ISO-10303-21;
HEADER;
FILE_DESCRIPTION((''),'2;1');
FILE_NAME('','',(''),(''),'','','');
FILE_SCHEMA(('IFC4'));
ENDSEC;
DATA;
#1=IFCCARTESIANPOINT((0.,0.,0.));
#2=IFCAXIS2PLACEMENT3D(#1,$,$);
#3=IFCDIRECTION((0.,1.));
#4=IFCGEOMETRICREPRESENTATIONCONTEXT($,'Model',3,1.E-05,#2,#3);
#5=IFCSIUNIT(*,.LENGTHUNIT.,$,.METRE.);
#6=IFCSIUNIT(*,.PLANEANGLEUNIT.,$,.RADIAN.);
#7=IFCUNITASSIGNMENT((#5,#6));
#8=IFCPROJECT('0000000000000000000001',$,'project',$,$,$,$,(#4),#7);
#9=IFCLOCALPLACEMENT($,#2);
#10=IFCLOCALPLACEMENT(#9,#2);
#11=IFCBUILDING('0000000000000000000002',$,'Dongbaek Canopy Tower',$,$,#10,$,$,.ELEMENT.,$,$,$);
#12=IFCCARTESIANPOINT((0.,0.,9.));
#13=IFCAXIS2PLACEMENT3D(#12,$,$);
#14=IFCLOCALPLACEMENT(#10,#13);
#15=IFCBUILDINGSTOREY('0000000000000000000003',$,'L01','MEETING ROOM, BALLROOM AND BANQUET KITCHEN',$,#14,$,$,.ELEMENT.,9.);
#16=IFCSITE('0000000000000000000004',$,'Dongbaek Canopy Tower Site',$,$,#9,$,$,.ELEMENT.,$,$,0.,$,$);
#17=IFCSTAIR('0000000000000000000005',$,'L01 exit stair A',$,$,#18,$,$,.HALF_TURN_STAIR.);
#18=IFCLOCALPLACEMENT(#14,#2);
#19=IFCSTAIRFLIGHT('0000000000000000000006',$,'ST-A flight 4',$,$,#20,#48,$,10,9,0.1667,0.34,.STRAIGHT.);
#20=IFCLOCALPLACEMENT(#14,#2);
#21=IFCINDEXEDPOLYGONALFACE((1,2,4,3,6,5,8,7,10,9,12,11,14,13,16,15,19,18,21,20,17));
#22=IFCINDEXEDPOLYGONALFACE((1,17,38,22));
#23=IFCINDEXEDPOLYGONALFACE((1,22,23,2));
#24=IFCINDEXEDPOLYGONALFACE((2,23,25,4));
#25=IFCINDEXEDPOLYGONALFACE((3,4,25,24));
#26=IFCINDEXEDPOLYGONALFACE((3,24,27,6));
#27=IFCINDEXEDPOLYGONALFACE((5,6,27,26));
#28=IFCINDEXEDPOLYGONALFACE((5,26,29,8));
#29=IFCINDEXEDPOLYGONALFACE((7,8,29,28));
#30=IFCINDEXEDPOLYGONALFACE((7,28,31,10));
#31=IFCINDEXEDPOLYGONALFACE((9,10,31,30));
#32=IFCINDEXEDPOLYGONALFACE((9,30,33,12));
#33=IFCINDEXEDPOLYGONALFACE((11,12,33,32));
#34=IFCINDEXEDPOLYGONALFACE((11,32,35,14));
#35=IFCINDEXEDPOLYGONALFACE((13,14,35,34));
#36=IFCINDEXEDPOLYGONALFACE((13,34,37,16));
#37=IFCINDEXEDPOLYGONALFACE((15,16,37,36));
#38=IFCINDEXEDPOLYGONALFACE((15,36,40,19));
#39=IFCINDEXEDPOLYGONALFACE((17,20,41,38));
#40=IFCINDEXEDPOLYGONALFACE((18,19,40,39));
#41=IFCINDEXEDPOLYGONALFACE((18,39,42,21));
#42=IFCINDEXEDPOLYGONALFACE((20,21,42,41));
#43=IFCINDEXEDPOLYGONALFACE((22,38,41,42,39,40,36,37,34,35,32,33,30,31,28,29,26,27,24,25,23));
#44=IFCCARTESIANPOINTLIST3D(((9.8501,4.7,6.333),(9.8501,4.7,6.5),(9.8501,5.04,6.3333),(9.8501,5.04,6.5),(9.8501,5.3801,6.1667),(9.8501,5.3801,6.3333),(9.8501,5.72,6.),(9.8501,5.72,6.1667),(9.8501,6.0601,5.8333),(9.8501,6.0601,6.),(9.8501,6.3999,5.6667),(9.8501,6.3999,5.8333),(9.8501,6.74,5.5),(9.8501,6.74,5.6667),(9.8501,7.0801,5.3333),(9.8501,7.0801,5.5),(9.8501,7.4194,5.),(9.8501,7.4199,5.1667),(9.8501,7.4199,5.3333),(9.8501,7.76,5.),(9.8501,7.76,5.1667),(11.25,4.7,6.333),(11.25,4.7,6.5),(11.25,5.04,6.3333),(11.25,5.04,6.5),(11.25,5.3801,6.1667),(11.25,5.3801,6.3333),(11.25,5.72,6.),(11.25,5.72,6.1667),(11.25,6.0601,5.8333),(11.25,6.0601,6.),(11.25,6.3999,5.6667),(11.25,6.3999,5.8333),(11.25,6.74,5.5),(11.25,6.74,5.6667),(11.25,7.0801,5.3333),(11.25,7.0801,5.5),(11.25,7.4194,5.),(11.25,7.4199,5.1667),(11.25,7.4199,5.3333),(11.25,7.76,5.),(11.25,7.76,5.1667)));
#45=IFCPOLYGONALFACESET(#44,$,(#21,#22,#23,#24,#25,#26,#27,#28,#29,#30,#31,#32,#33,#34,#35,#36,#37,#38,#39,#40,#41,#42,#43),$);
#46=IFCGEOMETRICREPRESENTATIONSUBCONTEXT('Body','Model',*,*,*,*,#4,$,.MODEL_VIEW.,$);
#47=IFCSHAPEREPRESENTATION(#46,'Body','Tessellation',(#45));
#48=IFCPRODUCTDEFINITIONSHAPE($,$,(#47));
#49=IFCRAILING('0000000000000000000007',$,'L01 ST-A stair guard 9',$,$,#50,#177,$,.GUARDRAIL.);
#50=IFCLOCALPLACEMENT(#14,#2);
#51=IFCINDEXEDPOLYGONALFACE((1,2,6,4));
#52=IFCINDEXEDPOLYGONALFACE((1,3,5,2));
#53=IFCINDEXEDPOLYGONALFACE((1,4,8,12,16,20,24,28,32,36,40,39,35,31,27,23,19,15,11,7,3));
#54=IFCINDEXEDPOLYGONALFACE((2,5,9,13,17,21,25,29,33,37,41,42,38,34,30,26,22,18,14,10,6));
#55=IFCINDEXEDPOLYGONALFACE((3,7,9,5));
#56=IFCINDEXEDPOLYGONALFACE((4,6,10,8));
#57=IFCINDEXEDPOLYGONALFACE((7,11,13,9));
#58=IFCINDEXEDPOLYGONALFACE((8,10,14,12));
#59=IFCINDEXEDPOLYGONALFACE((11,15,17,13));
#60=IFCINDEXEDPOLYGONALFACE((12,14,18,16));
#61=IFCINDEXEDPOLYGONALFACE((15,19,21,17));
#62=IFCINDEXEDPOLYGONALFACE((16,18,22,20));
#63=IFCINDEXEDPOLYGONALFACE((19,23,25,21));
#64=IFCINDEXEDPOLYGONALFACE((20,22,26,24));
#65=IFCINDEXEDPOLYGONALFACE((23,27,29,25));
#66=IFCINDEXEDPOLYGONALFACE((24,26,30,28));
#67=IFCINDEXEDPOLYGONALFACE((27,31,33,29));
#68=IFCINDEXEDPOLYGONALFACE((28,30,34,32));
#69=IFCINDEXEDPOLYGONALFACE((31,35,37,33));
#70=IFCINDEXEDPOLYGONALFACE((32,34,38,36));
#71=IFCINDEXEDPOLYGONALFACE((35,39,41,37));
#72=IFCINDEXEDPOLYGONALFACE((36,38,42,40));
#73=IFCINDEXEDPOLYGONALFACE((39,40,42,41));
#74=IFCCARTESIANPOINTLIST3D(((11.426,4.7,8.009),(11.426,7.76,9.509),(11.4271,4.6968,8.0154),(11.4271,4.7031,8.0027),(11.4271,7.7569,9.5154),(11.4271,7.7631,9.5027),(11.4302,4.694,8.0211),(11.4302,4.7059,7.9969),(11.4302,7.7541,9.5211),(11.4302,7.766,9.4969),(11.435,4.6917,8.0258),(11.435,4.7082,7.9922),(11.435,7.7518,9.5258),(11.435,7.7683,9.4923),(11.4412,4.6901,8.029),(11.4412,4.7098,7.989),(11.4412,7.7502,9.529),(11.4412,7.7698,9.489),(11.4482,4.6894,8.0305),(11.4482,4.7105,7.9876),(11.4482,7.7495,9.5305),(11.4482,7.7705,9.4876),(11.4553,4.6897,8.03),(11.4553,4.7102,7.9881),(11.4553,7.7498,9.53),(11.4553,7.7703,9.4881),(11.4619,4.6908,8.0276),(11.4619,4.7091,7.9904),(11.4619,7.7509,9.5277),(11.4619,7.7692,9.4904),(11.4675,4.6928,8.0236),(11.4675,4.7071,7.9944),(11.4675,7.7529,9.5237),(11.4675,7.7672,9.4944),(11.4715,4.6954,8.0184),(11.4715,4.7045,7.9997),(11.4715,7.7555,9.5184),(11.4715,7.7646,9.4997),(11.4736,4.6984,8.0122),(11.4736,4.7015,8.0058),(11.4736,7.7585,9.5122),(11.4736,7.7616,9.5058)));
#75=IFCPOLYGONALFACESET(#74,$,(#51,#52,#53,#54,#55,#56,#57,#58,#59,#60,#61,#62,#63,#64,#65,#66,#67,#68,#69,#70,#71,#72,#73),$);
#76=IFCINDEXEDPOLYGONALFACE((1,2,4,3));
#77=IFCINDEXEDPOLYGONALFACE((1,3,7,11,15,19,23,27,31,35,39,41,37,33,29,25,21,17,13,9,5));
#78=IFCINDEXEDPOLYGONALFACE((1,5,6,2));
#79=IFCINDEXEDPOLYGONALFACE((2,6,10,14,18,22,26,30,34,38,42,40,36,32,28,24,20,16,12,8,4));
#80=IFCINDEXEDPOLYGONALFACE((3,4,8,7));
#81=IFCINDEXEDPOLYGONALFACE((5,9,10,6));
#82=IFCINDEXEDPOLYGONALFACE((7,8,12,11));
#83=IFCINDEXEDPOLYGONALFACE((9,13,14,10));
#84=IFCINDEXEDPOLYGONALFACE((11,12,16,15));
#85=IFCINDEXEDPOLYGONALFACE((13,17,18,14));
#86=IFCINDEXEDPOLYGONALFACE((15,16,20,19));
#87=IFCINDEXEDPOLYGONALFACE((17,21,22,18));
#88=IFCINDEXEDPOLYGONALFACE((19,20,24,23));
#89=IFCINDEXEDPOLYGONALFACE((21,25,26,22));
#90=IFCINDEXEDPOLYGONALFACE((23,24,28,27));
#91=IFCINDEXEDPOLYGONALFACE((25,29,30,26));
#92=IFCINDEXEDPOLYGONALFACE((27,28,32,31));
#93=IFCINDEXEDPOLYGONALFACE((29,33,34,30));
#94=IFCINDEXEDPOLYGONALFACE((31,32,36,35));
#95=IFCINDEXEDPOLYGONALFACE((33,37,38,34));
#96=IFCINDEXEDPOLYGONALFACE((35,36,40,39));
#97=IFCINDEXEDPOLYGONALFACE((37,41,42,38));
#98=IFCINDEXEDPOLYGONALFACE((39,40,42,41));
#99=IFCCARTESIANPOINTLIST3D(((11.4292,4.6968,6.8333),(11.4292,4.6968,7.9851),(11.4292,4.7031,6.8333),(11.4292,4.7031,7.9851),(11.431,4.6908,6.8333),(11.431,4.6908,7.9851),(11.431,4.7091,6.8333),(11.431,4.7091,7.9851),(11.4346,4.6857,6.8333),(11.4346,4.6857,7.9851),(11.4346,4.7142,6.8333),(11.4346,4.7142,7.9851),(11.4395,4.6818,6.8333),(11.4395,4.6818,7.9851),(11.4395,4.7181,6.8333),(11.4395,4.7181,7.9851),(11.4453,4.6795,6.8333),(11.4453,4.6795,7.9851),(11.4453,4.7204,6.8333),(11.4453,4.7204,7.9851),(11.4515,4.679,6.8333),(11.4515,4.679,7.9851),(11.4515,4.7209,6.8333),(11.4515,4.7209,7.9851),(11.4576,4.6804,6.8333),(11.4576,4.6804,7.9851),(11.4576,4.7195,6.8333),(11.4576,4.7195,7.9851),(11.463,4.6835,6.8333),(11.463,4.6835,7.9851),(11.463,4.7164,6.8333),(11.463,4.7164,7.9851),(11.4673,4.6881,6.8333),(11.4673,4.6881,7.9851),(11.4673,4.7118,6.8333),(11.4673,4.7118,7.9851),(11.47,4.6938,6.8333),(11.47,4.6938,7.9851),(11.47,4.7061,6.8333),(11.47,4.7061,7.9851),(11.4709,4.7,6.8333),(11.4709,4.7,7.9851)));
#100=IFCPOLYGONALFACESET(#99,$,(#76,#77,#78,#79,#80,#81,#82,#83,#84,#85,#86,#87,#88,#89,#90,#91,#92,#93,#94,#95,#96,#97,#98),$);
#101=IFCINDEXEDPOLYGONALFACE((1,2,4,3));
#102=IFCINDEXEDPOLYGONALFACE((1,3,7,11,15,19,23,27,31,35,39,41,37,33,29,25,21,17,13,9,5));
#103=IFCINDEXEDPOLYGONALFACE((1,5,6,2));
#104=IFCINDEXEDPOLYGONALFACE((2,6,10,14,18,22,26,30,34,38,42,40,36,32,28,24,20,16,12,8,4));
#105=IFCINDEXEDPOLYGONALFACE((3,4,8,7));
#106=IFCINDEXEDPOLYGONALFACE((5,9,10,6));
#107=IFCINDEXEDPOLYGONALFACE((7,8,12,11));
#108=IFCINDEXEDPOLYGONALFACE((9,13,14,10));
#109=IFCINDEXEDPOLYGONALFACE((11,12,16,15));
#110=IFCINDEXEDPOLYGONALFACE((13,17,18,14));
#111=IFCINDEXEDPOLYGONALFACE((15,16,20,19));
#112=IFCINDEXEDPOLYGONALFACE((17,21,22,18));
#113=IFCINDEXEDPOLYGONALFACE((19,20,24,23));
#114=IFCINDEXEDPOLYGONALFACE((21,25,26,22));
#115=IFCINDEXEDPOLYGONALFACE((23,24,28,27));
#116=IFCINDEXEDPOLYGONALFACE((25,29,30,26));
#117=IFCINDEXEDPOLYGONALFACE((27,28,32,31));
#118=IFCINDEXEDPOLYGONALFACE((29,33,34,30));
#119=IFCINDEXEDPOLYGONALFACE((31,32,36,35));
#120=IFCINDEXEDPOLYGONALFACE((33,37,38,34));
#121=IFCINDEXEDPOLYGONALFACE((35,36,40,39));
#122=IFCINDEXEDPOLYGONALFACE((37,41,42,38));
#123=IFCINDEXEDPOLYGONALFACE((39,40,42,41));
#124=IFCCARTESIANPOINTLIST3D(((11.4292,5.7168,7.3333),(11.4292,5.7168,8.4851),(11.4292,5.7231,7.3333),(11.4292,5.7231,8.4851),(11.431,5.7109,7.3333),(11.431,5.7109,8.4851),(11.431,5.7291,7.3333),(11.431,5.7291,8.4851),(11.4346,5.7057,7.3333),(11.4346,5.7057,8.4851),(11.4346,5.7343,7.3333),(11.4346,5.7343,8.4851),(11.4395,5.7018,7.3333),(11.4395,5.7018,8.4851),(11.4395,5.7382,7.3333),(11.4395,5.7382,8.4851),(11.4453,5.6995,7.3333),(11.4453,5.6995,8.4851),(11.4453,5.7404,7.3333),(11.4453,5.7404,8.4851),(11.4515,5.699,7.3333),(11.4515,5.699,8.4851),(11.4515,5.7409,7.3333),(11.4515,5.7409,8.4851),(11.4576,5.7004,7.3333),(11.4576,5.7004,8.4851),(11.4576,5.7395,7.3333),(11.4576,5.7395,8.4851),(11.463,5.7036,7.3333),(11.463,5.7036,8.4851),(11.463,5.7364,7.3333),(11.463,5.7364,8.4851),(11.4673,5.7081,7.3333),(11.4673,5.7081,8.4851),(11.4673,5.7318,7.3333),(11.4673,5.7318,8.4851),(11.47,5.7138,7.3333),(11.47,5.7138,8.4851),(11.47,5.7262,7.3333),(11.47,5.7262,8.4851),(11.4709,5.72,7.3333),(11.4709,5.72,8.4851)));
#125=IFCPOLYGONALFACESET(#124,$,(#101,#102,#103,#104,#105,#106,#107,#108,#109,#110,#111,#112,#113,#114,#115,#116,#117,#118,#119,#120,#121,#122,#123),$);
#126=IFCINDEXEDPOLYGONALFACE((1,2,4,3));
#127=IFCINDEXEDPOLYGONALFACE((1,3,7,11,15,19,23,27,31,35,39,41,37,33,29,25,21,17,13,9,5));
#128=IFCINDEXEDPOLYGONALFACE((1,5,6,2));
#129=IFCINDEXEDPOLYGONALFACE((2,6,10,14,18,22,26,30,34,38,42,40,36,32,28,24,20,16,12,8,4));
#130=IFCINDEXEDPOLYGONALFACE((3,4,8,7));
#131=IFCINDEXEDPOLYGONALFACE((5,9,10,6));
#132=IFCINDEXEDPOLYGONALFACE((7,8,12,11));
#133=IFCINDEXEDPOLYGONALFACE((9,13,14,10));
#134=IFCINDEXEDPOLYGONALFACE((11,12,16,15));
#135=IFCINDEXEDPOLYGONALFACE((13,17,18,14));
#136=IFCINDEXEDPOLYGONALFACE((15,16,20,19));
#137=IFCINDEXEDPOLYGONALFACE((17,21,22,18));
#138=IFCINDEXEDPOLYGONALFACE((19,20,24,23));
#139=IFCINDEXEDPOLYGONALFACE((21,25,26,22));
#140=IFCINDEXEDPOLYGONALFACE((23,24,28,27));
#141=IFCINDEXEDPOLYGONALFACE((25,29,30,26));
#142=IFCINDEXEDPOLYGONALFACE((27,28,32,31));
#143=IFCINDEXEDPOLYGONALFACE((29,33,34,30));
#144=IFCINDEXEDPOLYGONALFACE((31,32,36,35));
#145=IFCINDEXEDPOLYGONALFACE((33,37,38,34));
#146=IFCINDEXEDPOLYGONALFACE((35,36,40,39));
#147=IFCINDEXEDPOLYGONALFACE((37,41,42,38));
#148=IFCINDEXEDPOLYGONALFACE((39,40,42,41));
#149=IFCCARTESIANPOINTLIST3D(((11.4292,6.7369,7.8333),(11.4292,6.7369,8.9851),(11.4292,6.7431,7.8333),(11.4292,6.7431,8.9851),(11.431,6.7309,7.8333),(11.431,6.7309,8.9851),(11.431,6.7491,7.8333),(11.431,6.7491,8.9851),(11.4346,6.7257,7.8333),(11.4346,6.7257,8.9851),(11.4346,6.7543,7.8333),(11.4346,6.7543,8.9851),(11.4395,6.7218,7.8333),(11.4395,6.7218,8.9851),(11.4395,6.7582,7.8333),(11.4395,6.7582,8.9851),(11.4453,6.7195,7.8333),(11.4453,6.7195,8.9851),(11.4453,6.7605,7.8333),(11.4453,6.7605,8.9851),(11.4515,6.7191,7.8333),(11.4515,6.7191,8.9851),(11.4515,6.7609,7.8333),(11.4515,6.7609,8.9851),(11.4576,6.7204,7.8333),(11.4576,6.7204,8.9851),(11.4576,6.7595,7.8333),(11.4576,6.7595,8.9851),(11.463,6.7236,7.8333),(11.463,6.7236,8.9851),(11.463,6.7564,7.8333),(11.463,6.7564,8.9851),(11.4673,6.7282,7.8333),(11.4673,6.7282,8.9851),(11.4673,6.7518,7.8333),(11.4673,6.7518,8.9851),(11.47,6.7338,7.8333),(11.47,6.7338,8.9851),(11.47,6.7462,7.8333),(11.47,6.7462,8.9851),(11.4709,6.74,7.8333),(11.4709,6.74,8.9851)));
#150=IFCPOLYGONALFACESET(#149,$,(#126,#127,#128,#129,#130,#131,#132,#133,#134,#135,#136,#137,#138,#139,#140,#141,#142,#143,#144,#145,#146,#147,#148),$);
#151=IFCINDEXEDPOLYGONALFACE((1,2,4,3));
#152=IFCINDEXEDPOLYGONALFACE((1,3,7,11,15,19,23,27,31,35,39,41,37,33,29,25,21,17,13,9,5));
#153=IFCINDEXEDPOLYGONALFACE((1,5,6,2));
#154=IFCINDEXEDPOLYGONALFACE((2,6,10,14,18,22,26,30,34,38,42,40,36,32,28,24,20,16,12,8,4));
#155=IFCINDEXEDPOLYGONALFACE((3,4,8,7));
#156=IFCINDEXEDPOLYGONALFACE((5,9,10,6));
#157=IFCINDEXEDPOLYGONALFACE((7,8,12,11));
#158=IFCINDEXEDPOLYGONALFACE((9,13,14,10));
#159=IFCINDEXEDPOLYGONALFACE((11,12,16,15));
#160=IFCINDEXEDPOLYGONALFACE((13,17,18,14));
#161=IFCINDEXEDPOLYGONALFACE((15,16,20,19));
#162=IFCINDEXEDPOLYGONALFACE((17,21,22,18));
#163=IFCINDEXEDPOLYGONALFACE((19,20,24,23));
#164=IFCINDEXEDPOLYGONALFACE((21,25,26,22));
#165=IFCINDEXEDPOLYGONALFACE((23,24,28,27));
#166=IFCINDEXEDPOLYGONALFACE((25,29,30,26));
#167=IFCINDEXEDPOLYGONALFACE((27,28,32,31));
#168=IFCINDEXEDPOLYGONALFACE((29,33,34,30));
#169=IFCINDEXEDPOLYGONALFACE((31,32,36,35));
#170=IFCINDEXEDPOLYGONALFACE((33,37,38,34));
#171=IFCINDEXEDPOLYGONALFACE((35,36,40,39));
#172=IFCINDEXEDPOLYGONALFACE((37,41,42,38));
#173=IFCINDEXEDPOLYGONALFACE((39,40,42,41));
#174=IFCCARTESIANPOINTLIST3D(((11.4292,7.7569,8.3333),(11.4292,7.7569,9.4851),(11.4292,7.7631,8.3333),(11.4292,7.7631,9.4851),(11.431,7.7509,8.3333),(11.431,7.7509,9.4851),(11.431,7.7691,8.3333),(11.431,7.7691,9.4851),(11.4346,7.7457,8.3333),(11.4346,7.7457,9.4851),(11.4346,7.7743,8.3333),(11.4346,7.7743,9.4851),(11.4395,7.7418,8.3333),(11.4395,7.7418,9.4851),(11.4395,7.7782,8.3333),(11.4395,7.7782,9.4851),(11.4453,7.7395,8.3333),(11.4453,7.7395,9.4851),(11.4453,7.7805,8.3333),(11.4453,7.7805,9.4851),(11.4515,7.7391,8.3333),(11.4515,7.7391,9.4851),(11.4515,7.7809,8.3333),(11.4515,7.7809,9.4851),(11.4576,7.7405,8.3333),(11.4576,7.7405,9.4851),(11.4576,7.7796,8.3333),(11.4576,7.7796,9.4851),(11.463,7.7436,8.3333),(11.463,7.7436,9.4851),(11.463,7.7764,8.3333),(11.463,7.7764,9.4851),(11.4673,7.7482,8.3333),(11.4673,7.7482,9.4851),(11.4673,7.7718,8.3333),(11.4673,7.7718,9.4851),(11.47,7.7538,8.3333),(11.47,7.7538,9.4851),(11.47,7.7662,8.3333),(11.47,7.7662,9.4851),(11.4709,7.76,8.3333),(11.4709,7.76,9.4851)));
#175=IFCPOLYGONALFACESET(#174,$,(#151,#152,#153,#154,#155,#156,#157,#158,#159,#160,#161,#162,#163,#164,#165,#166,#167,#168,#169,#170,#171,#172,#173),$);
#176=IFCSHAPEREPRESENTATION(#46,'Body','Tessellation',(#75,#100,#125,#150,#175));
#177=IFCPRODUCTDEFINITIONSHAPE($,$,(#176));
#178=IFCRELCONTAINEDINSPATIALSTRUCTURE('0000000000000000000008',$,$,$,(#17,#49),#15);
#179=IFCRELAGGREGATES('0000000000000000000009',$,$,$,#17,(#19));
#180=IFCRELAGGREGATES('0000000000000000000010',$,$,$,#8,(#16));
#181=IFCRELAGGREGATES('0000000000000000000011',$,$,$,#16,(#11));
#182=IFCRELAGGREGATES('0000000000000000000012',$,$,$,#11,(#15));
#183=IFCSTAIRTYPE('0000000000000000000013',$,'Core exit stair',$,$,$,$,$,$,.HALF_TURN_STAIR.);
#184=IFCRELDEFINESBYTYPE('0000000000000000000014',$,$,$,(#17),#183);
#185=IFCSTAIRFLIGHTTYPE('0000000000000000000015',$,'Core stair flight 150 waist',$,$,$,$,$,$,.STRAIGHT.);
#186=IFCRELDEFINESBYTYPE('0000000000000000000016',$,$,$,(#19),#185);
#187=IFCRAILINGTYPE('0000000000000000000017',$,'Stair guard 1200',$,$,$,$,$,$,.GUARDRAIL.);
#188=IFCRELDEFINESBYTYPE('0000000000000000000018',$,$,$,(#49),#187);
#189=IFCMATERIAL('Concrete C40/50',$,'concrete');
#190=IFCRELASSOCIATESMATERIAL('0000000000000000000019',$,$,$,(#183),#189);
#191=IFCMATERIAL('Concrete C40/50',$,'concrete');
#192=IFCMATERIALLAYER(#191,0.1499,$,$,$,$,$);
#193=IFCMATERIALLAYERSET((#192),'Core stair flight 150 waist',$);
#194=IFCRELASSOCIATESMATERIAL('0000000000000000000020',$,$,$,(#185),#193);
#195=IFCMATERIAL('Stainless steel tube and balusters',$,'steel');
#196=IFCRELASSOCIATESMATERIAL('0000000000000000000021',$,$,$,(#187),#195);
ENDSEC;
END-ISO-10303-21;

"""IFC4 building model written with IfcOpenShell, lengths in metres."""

from ifc_helpers import new_model, si_unit, direction, frame, origin, origin_2d, place, context, subcontext, project, spatial, polyline, circle, outline, extrude, material, layer, layer_set, type_object, element, aggregate, save


model = new_model("IFC4")

# Units and contexts
model_context = context("Model", 3, precision=1e-05, world=origin(), true_north=direction((0.0, 1.0)))
body_context = subcontext(model_context, "Body", "Model", "MODEL_VIEW")
ifc_project = project(units=[si_unit("LENGTHUNIT", "METRE"), si_unit("PLANEANGLEUNIT", "RADIAN")], contexts=[model_context])

# Site, building, storey
site_placement = place(None, origin())
site = spatial("IfcSite", under=ifc_project, at=site_placement, Name="Dongbaek Canopy Tower Site", CompositionType="ELEMENT", RefElevation=0.0)
building_placement = place(site_placement, origin())
building = spatial("IfcBuilding", under=site, at=building_placement, Name="Dongbaek Canopy Tower", CompositionType="ELEMENT")
storey_placement = place(building_placement, frame((0.0, 0.0, 9.0)))
storey = spatial("IfcBuildingStorey", under=building, at=storey_placement, Name="L01", Description="MEETING ROOM, BALLROOM AND BANQUET KITCHEN", CompositionType="ELEMENT", Elevation=9.0)

# Stair, stair flight
ifc_material_1 = material(Name="Concrete C40/50", Category="concrete")
stair_type = type_object("IfcStairType", Name="Core exit stair", PredefinedType="HALF_TURN_STAIR", material=ifc_material_1)
stair_placement = place(storey_placement, origin())
stair = element("IfcStair", 1, at=stair_placement, inside=storey, type_object=stair_type, Name="L01 exit stair A", PredefinedType="HALF_TURN_STAIR")
ifc_material_2 = material(Name="Concrete C40/50", Category="concrete")
ifc_layer_1 = layer(ifc_material_2, 0.1499)
ifc_layer_set_1 = layer_set([ifc_layer_1], Name="Core stair flight 150 waist")
stair_flight_type = type_object("IfcStairFlightType", Name="Core stair flight 150 waist", PredefinedType="STRAIGHT", material=ifc_layer_set_1)
stair_flight_1_placement = place(storey_placement, frame((10.55, 7.76, 5.0), z_axis=(0.0, 0.0, 1.0), x_axis=(0.0, -1.0, 0.0)))
stair_flight_1 = element("IfcStairFlight", 2, at=stair_flight_1_placement, type_object=stair_flight_type, Name="ST-A flight 4", NumberOfRisers=10, NumberOfTreads=9, PredefinedType="STRAIGHT", RiserHeight=0.1667, TreadLength=0.34, context=body_context, shape_type="SweptSolid", body=[
    extrude(outline(polyline([(0.0, 0.0), (0.0, 0.1667), (0.3401, 0.1667), (0.3401, 0.3333), (0.6799, 0.3333), (0.6799, 0.5), (1.02, 0.5), (1.02, 0.6667), (1.3601, 0.6667), (1.3601, 0.8333), (1.7, 0.8333), (1.7, 1.0), (2.04, 1.0), (2.04, 1.1667), (2.3799, 1.1667), (2.3799, 1.3333), (2.72, 1.3333), (2.72, 1.5), (3.0601, 1.5), (3.0601, 1.6667), (3.0601, 1.333), (0.3406, 0.0), (0.0, 0.0)])), frame((0.0, 0.7, 0.0), z_axis=(0.0, -1.0, 0.0), x_axis=(1.0, 0.0, 0.0)), (0.0, 0.0, 1.0), 1.3999),
])
aggregate(stair, [stair_flight_1])

# Railing
ifc_material_3 = material(Name="Stainless steel tube and balusters", Category="steel")
railing_type_1 = type_object("IfcRailingType", Name="Stair guard 1200", PredefinedType="GUARDRAIL", material=ifc_material_3)
railing_placement = place(storey_placement, frame((11.45, 4.7, 6.8333)))
element("IfcRailing", 3, at=railing_placement, inside=storey, type_object=railing_type_1, Name="L01 ST-A stair guard 9", PredefinedType="GUARDRAIL", context=body_context, shape_type="SweptSolid", body=[
    extrude(circle(Radius=0.0239, at=origin_2d()), frame((0.0, 0.0, 1.1758), z_axis=(0.0, 0.897924, 0.44015), x_axis=(-1.0, 0.0, 0.0)), (0.0, 0.0, 1.0), 3.408),
    extrude(circle(Radius=0.021, at=origin_2d()), origin(), (0.0, 0.0, 1.0), 1.1519),
    extrude(circle(Radius=0.021, at=origin_2d()), frame((0.0, 1.02, 0.5)), (0.0, 0.0, 1.0), 1.1519),
    extrude(circle(Radius=0.021, at=origin_2d()), frame((0.0, 2.04, 1.0)), (0.0, 0.0, 1.0), 1.1519),
    extrude(circle(Radius=0.021, at=origin_2d()), frame((0.0, 3.0601, 1.5)), (0.0, 0.0, 1.0), 1.1519),
])

save(model, "model.ifc")
